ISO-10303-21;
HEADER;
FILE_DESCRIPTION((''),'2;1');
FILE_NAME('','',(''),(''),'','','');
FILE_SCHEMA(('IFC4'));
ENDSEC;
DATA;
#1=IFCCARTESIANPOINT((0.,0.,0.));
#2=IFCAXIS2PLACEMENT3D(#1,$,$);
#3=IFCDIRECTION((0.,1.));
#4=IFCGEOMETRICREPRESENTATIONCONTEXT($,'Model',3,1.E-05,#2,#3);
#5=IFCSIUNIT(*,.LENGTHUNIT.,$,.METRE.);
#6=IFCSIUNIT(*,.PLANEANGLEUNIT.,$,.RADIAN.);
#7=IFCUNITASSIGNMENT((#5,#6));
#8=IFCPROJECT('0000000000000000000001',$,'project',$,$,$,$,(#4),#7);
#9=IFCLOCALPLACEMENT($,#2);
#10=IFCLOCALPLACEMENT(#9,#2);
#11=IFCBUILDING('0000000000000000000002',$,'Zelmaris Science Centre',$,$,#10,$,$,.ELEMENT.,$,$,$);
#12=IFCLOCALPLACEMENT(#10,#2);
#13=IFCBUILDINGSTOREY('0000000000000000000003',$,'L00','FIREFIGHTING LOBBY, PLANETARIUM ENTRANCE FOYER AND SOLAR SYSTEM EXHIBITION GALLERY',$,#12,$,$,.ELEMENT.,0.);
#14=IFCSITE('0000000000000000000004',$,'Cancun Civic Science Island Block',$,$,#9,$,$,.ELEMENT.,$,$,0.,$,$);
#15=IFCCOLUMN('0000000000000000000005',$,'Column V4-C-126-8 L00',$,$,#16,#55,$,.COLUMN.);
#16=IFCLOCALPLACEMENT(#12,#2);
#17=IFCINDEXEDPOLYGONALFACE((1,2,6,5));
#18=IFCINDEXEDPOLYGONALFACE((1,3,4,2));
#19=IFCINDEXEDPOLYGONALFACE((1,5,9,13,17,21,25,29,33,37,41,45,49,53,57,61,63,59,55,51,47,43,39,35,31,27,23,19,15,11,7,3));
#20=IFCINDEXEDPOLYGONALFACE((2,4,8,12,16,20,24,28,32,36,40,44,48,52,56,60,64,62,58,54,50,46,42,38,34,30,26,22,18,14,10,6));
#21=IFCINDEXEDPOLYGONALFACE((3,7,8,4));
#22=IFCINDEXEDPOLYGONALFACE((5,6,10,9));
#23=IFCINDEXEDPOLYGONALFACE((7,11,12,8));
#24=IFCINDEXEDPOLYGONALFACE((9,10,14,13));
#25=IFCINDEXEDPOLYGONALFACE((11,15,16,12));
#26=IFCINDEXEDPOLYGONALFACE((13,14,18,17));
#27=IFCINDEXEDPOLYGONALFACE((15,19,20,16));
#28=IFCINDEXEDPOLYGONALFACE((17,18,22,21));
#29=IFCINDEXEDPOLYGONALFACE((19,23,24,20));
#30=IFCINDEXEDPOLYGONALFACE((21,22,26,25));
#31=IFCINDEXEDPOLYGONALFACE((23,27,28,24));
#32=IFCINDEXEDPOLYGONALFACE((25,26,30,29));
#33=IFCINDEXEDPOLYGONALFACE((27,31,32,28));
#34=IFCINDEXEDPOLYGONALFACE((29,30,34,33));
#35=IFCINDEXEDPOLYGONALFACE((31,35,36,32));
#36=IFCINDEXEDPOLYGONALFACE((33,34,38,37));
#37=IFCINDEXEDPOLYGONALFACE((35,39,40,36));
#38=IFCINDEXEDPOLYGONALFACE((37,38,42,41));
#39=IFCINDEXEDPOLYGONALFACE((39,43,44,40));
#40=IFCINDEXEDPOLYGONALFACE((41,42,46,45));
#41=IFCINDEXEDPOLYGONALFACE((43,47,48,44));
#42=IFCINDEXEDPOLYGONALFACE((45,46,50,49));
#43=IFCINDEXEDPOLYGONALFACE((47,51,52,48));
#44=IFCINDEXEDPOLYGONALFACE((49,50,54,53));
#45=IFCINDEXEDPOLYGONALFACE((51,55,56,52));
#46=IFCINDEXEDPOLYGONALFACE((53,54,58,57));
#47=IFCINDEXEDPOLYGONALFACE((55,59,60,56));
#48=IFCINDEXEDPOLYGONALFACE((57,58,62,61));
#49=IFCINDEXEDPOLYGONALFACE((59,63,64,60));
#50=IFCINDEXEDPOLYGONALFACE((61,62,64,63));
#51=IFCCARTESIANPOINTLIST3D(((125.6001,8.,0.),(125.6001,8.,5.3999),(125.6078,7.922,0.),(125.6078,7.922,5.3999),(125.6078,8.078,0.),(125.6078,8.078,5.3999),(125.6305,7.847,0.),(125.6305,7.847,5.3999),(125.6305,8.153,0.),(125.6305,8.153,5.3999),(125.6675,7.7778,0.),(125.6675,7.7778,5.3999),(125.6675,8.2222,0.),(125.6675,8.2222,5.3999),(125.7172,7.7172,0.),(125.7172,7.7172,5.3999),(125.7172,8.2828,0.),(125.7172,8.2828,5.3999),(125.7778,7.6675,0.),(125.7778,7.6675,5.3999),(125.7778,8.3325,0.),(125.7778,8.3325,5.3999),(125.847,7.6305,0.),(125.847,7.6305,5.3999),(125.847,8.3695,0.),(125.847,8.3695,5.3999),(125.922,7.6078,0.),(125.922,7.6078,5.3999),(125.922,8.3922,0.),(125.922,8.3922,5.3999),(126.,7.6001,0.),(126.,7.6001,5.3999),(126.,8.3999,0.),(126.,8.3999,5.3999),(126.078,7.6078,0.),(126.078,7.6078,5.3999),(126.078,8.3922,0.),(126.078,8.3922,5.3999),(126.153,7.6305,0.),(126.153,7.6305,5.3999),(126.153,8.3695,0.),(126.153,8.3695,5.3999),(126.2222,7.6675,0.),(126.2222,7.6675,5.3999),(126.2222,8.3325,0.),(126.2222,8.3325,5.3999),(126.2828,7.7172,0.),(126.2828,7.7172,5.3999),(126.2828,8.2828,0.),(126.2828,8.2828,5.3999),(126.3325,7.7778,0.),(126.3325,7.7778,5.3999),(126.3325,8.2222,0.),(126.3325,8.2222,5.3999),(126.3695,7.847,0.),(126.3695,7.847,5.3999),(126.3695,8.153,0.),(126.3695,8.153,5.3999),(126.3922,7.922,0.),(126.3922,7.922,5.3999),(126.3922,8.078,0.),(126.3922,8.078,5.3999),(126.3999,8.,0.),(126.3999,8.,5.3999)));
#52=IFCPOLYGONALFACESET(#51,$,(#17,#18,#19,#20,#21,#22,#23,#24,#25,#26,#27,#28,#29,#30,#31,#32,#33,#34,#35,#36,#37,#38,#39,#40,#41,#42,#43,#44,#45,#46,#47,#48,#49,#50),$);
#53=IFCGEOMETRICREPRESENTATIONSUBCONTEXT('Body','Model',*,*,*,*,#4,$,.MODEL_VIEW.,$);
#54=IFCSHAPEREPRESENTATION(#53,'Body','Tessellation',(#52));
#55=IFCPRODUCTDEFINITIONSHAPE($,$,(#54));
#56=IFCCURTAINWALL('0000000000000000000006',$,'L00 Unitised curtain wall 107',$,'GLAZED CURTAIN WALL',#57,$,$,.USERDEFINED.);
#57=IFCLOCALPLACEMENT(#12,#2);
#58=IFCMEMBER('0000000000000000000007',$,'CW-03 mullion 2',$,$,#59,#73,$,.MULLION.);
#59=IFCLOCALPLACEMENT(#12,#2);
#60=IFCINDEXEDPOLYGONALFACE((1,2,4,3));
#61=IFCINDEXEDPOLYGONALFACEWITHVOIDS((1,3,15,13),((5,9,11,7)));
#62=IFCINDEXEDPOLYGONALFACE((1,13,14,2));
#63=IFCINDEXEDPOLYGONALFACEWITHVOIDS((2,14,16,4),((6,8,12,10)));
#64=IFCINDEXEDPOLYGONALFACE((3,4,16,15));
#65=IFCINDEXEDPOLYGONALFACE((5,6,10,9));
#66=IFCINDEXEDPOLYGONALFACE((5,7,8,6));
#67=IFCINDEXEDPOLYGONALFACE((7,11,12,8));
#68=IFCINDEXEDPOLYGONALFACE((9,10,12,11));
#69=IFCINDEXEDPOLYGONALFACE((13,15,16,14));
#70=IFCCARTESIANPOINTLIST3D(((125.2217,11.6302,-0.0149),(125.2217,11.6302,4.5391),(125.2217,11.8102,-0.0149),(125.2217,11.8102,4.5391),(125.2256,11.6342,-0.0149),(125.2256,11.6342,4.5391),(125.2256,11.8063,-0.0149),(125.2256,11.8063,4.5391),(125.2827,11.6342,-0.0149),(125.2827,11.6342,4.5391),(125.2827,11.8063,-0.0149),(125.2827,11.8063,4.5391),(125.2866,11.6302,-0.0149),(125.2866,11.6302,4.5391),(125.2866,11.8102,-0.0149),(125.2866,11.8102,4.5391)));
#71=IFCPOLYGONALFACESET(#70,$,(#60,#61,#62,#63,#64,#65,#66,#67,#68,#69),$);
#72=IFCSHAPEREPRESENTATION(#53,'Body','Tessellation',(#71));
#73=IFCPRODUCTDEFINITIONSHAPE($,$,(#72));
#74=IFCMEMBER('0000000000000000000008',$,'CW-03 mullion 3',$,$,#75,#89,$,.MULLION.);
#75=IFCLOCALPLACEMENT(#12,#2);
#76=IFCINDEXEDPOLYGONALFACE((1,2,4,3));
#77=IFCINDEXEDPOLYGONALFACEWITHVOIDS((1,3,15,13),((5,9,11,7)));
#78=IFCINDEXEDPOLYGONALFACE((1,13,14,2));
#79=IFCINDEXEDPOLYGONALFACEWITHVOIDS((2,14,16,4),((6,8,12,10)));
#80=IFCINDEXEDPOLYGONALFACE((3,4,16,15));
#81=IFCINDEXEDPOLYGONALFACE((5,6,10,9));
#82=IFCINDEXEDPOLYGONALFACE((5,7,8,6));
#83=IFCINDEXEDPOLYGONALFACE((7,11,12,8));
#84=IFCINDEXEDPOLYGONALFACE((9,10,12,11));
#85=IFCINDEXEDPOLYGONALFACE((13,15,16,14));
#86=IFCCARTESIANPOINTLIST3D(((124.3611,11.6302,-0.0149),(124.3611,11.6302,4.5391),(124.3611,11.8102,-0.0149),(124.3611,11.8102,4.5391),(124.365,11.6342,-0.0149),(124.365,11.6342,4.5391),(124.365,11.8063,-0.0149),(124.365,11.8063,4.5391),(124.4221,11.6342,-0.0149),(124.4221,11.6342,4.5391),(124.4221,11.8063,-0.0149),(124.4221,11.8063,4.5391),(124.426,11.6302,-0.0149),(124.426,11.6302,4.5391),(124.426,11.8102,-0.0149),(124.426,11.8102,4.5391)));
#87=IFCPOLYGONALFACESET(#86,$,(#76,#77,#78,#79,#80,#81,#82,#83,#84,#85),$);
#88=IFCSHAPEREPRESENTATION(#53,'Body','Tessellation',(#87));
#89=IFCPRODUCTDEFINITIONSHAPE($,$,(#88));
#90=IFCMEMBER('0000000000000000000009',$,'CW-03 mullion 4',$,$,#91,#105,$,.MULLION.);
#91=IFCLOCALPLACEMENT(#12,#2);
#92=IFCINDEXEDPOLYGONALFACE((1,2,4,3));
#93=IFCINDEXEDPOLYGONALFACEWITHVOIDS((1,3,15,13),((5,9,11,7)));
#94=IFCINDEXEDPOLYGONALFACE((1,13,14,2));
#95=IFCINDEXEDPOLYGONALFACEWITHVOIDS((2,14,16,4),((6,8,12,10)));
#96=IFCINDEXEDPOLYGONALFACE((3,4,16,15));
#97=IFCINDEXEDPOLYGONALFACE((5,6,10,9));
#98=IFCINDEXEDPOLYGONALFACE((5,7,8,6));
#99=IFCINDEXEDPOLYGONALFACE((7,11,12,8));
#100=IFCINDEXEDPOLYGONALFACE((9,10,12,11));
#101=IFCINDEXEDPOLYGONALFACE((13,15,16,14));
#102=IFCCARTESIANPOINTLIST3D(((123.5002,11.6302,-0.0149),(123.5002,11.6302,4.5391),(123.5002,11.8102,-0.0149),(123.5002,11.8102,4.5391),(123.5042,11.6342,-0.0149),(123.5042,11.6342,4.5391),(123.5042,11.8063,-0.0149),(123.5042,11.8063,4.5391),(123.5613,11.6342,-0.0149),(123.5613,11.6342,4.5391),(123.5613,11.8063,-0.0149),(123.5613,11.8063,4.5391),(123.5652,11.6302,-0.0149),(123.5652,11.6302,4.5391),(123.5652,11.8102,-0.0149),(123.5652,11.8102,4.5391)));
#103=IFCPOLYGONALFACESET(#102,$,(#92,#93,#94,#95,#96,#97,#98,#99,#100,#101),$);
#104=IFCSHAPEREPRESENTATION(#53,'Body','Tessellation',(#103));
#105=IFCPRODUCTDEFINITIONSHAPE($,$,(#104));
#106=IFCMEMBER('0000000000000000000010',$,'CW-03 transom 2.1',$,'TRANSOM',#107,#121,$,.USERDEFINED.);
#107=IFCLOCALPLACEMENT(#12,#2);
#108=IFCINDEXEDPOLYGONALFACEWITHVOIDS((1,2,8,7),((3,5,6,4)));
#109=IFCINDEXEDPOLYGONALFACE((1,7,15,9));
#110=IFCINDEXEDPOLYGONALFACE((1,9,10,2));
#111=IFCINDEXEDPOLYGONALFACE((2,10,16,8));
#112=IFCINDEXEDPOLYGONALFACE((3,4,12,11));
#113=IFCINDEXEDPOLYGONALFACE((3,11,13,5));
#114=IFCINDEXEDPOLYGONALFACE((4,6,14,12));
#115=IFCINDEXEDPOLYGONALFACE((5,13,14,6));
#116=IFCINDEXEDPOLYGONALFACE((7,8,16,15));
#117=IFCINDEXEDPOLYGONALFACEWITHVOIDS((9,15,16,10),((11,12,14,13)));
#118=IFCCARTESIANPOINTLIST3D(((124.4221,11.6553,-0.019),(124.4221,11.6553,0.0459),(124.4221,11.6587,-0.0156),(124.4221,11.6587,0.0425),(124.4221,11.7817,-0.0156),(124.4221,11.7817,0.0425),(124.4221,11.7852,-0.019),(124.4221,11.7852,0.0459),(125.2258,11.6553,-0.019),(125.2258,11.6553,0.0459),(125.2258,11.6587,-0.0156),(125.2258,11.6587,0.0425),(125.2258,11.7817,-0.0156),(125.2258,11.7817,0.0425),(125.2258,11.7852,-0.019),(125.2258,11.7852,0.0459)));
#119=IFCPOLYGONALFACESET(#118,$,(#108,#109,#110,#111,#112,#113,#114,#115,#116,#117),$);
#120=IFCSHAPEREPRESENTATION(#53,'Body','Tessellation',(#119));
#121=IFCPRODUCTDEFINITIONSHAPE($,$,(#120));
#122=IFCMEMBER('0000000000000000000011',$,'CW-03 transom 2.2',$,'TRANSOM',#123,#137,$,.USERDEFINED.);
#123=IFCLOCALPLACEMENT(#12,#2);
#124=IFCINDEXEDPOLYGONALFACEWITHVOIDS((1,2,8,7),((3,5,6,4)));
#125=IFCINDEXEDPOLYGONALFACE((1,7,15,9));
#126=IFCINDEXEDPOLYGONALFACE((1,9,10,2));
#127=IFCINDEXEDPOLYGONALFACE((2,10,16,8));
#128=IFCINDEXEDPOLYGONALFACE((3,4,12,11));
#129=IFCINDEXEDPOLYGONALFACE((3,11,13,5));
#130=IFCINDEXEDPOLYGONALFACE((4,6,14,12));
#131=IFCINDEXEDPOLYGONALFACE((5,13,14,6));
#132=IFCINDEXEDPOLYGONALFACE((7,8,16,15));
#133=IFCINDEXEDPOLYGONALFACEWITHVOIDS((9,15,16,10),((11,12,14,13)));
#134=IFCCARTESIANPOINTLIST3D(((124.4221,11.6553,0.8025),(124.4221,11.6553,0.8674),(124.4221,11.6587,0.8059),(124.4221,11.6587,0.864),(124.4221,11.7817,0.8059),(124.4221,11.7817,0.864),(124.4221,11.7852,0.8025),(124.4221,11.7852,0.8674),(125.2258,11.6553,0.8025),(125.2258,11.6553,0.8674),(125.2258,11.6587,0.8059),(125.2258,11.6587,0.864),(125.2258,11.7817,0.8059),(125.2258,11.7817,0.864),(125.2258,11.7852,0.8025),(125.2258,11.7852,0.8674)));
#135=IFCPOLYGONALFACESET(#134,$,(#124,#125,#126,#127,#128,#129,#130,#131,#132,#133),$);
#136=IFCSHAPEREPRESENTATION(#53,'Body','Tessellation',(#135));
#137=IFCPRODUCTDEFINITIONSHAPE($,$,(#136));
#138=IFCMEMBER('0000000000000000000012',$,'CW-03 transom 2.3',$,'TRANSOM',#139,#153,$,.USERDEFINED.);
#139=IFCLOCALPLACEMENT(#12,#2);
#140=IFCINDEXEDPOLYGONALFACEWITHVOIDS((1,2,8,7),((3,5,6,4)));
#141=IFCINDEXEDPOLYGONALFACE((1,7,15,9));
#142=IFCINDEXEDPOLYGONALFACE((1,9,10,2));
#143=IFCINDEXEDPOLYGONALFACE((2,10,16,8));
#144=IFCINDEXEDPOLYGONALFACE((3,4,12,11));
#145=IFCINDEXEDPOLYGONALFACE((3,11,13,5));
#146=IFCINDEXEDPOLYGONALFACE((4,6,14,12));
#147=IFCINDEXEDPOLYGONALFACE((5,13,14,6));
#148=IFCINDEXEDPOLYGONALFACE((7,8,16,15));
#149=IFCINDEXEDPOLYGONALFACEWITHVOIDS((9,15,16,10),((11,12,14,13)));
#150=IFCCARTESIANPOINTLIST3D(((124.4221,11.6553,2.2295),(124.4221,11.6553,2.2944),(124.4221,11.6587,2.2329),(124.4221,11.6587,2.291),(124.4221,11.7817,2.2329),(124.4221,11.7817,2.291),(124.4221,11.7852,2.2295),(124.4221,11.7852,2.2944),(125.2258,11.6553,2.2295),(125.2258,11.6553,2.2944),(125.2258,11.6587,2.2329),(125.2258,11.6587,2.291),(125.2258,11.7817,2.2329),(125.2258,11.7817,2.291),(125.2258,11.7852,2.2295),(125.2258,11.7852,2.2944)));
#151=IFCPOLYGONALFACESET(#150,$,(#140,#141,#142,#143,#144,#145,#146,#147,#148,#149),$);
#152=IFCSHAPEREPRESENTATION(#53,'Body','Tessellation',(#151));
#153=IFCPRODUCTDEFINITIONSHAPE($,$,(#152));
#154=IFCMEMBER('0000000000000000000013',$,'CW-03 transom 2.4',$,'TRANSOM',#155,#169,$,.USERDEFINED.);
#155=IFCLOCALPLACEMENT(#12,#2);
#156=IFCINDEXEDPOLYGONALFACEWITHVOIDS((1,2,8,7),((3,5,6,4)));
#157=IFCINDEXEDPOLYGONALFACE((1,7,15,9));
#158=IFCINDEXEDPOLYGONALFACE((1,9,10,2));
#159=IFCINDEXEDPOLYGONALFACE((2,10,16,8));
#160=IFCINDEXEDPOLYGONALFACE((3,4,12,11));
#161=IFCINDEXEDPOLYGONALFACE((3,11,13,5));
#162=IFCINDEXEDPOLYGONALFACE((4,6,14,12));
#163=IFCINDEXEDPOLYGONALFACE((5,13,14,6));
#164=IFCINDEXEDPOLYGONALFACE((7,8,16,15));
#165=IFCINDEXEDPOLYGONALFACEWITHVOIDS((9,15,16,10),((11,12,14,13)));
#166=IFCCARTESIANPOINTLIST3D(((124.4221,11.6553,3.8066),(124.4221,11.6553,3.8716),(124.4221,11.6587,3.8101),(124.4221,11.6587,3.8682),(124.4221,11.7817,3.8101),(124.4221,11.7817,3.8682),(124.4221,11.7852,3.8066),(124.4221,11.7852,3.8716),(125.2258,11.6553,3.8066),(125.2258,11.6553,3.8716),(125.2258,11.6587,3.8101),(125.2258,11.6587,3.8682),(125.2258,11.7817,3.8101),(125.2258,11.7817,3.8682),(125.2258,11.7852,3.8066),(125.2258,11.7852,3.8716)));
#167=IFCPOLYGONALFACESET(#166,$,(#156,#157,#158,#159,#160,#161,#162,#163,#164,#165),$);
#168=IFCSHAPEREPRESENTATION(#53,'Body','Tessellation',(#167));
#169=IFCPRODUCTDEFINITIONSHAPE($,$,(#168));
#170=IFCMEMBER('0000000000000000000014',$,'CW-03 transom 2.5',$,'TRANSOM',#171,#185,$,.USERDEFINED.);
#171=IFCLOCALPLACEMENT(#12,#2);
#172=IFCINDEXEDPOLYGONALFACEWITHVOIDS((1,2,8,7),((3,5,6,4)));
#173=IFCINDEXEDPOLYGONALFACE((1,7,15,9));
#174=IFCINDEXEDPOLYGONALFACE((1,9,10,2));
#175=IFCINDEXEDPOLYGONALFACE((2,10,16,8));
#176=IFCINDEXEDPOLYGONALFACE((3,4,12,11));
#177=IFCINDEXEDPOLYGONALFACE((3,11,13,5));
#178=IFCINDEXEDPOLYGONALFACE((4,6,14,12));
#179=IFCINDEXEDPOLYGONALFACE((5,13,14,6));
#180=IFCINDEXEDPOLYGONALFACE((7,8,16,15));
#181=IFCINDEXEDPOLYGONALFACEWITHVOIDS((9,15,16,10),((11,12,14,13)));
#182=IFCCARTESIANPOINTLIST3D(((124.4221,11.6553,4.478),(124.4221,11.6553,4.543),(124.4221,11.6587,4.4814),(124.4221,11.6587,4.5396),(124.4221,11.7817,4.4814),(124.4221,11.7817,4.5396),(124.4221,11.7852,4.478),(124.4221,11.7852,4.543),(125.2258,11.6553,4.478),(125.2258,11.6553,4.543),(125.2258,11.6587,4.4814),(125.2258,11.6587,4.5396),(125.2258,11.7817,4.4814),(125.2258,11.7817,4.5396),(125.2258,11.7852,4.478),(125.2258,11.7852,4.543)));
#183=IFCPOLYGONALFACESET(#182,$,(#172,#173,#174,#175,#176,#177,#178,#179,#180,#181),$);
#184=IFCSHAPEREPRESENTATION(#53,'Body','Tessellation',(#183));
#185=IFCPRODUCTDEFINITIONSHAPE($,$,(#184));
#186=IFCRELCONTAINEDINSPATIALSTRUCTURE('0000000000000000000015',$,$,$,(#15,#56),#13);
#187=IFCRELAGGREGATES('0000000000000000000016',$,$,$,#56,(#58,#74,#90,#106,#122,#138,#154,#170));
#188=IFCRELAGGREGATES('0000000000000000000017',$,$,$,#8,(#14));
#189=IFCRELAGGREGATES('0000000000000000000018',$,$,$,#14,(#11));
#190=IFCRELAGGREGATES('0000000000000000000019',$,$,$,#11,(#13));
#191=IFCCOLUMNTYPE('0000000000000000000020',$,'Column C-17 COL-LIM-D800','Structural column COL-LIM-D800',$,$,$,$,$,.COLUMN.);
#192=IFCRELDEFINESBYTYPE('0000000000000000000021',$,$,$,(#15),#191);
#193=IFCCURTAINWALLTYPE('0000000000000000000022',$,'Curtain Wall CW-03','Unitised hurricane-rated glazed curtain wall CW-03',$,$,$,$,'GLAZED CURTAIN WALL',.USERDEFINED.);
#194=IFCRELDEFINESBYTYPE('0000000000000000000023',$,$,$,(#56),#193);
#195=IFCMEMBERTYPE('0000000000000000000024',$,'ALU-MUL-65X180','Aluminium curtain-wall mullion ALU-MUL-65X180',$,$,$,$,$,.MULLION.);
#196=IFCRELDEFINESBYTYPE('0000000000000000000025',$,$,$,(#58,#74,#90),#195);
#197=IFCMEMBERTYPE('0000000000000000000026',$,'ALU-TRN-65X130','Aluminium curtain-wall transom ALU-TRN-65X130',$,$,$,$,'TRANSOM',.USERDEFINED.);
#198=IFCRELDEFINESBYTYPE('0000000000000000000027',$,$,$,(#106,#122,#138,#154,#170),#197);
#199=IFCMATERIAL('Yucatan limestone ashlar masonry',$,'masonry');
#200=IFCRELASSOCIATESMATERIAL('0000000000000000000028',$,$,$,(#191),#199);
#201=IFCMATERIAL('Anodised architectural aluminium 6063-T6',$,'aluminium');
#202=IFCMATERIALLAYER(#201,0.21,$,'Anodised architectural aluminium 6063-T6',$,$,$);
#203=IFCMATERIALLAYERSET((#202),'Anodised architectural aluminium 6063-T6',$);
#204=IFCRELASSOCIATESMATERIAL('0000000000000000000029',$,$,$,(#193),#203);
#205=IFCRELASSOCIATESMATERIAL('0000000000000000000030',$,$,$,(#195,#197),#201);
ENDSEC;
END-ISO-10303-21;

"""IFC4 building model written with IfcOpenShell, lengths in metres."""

from ifc_helpers import new_model, si_unit, direction, frame, origin, origin_2d, place, context, subcontext, project, spatial, hollow_rectangle, circle, extrude, material, layer, layer_set, material_profile, profile_set, type_object, element, aggregate, save


model = new_model("IFC4")

# Units and contexts
model_context = context("Model", 3, precision=1e-05, world=origin(), true_north=direction((0.0, 1.0)))
body_context = subcontext(model_context, "Body", "Model", "MODEL_VIEW")
ifc_project = project(units=[si_unit("LENGTHUNIT", "METRE"), si_unit("PLANEANGLEUNIT", "RADIAN")], contexts=[model_context])

# Site, building, storey
site_placement = place(None, origin())
site = spatial("IfcSite", under=ifc_project, at=site_placement, Name="Cancun Civic Science Island Block", CompositionType="ELEMENT", RefElevation=0.0)
building_placement = place(site_placement, origin())
building = spatial("IfcBuilding", under=site, at=building_placement, Name="Zelmaris Science Centre", CompositionType="ELEMENT")
storey_placement = place(building_placement, origin())
storey = spatial("IfcBuildingStorey", under=building, at=storey_placement, Name="L00", Description="FIREFIGHTING LOBBY, PLANETARIUM ENTRANCE FOYER AND SOLAR SYSTEM EXHIBITION GALLERY", CompositionType="ELEMENT", Elevation=0.0)

# Column
ifc_material_1 = material(Name="Yucatan limestone ashlar masonry", Category="masonry")
ifc_material_profile_1 = material_profile(ifc_material_1, circle(Radius=0.3999, at=origin_2d()), Name="COL-LIM-D800")
ifc_profile_set_1 = profile_set([ifc_material_profile_1], Name="Yucatan limestone ashlar masonry")
column_type = type_object("IfcColumnType", Name="Column C-17 COL-LIM-D800", Description="Structural column COL-LIM-D800", PredefinedType="COLUMN", material=ifc_profile_set_1)
column_placement = place(storey_placement, frame((126.0, 8.0, 0.0), z_axis=(0.0, 0.0, 1.0), x_axis=(1.0, 0.0, 0.0)))
element("IfcColumn", 1, at=column_placement, inside=storey, type_object=column_type, Name="Column V4-C-126-8 L00", PredefinedType="COLUMN", context=body_context, shape_type="SweptSolid", body=[
    extrude(circle(Radius=0.3999, at=origin_2d()), origin(), (0.0, 0.0, 1.0), 5.3999),
])

# Curtain wall, members
ifc_material_2 = material(Name="Anodised architectural aluminium 6063-T6", Category="aluminium")
ifc_layer_1 = layer(ifc_material_2, 0.21, Name="Anodised architectural aluminium 6063-T6")
ifc_layer_set_1 = layer_set([ifc_layer_1], Name="Anodised architectural aluminium 6063-T6")
curtain_wall_type = type_object("IfcCurtainWallType", Name="Curtain Wall CW-03", Description="Unitised hurricane-rated glazed curtain wall CW-03", ElementType="GLAZED CURTAIN WALL", PredefinedType="USERDEFINED", material=ifc_layer_set_1)
curtain_wall_placement = place(storey_placement, origin())
curtain_wall = element("IfcCurtainWall", 2, at=curtain_wall_placement, inside=storey, type_object=curtain_wall_type, Name="L00 Unitised curtain wall 107", ObjectType="GLAZED CURTAIN WALL", PredefinedType="USERDEFINED")
ifc_material_profile_2 = material_profile(ifc_material_2, hollow_rectangle(XDim=0.0649, YDim=0.1799, WallThickness=0.0039, at=origin_2d()), Name="ALU-MUL-65X180")
ifc_profile_set_2 = profile_set([ifc_material_profile_2], Name="Anodised architectural aluminium 6063-T6")
member_type_1 = type_object("IfcMemberType", Name="ALU-MUL-65X180", Description="Aluminium curtain-wall mullion ALU-MUL-65X180", PredefinedType="MULLION", material=ifc_profile_set_2)
member_1_placement = place(storey_placement, frame((125.2542, 11.7202, -0.0149), z_axis=(0.0, 0.0, 1.0), x_axis=(-1.0, 0.0, 0.0)))
member_1 = element("IfcMember", 3, at=member_1_placement, type_object=member_type_1, Name="CW-03 mullion 2", PredefinedType="MULLION", context=body_context, shape_type="SweptSolid", body=[
    extrude(hollow_rectangle(XDim=0.0649, YDim=0.1799, WallThickness=0.0039, at=origin_2d()), origin(), (0.0, 0.0, 1.0), 4.554),
])
member_2_placement = place(storey_placement, frame((124.3936, 11.7202, -0.0149), z_axis=(0.0, 0.0, 1.0), x_axis=(-1.0, 0.0, 0.0)))
member_2 = element("IfcMember", 4, at=member_2_placement, type_object=member_type_1, Name="CW-03 mullion 3", PredefinedType="MULLION", context=body_context, shape_type="SweptSolid", body=[
    extrude(hollow_rectangle(XDim=0.0649, YDim=0.1799, WallThickness=0.0039, at=origin_2d()), origin(), (0.0, 0.0, 1.0), 4.554),
])
member_3_placement = place(storey_placement, frame((123.5327, 11.7202, -0.0149), z_axis=(0.0, 0.0, 1.0), x_axis=(-1.0, 0.0, 0.0)))
member_3 = element("IfcMember", 5, at=member_3_placement, type_object=member_type_1, Name="CW-03 mullion 4", PredefinedType="MULLION", context=body_context, shape_type="SweptSolid", body=[
    extrude(hollow_rectangle(XDim=0.0649, YDim=0.1799, WallThickness=0.0039, at=origin_2d()), origin(), (0.0, 0.0, 1.0), 4.554),
])
ifc_material_profile_3 = material_profile(ifc_material_2, hollow_rectangle(XDim=0.0649, YDim=0.1299, WallThickness=0.0034, at=origin_2d()), Name="ALU-TRN-65X130")
ifc_profile_set_3 = profile_set([ifc_material_profile_3], Name="Anodised architectural aluminium 6063-T6")
member_type_2 = type_object("IfcMemberType", Name="ALU-TRN-65X130", Description="Aluminium curtain-wall transom ALU-TRN-65X130", ElementType="TRANSOM", PredefinedType="USERDEFINED", material=ifc_profile_set_3)
member_4_placement = place(storey_placement, frame((125.2258, 11.7202, 0.0134), z_axis=(-1.0, 0.0, 0.0), x_axis=(0.0, 0.0, 1.0)))
member_4 = element("IfcMember", 6, at=member_4_placement, type_object=member_type_2, Name="CW-03 transom 2.1", ObjectType="TRANSOM", PredefinedType="USERDEFINED", context=body_context, shape_type="SweptSolid", body=[
    extrude(hollow_rectangle(XDim=0.0649, YDim=0.1299, WallThickness=0.0034, at=origin_2d()), origin(), (0.0, 0.0, 1.0), 0.8037),
])
member_5_placement = place(storey_placement, frame((125.2258, 11.7202, 0.835), z_axis=(-1.0, 0.0, 0.0), x_axis=(0.0, 0.0, 1.0)))
member_5 = element("IfcMember", 7, at=member_5_placement, type_object=member_type_2, Name="CW-03 transom 2.2", ObjectType="TRANSOM", PredefinedType="USERDEFINED", context=body_context, shape_type="SweptSolid", body=[
    extrude(hollow_rectangle(XDim=0.0649, YDim=0.1299, WallThickness=0.0034, at=origin_2d()), origin(), (0.0, 0.0, 1.0), 0.8037),
])
member_6_placement = place(storey_placement, frame((125.2258, 11.7202, 2.262), z_axis=(-1.0, 0.0, 0.0), x_axis=(0.0, 0.0, 1.0)))
member_6 = element("IfcMember", 8, at=member_6_placement, type_object=member_type_2, Name="CW-03 transom 2.3", ObjectType="TRANSOM", PredefinedType="USERDEFINED", context=body_context, shape_type="SweptSolid", body=[
    extrude(hollow_rectangle(XDim=0.0649, YDim=0.1299, WallThickness=0.0034, at=origin_2d()), origin(), (0.0, 0.0, 1.0), 0.8037),
])
member_7_placement = place(storey_placement, frame((125.2258, 11.7202, 3.8391), z_axis=(-1.0, 0.0, 0.0), x_axis=(0.0, 0.0, 1.0)))
member_7 = element("IfcMember", 9, at=member_7_placement, type_object=member_type_2, Name="CW-03 transom 2.4", ObjectType="TRANSOM", PredefinedType="USERDEFINED", context=body_context, shape_type="SweptSolid", body=[
    extrude(hollow_rectangle(XDim=0.0649, YDim=0.1299, WallThickness=0.0034, at=origin_2d()), origin(), (0.0, 0.0, 1.0), 0.8037),
])
member_8_placement = place(storey_placement, frame((125.2258, 11.7202, 4.5105), z_axis=(-1.0, 0.0, 0.0), x_axis=(0.0, 0.0, 1.0)))
member_8 = element("IfcMember", 10, at=member_8_placement, type_object=member_type_2, Name="CW-03 transom 2.5", ObjectType="TRANSOM", PredefinedType="USERDEFINED", context=body_context, shape_type="SweptSolid", body=[
    extrude(hollow_rectangle(XDim=0.0649, YDim=0.1299, WallThickness=0.0034, at=origin_2d()), origin(), (0.0, 0.0, 1.0), 0.8037),
])
aggregate(curtain_wall, [member_1, member_2, member_3, member_4, member_5, member_6, member_7, member_8])

save(model, "model.ifc")
